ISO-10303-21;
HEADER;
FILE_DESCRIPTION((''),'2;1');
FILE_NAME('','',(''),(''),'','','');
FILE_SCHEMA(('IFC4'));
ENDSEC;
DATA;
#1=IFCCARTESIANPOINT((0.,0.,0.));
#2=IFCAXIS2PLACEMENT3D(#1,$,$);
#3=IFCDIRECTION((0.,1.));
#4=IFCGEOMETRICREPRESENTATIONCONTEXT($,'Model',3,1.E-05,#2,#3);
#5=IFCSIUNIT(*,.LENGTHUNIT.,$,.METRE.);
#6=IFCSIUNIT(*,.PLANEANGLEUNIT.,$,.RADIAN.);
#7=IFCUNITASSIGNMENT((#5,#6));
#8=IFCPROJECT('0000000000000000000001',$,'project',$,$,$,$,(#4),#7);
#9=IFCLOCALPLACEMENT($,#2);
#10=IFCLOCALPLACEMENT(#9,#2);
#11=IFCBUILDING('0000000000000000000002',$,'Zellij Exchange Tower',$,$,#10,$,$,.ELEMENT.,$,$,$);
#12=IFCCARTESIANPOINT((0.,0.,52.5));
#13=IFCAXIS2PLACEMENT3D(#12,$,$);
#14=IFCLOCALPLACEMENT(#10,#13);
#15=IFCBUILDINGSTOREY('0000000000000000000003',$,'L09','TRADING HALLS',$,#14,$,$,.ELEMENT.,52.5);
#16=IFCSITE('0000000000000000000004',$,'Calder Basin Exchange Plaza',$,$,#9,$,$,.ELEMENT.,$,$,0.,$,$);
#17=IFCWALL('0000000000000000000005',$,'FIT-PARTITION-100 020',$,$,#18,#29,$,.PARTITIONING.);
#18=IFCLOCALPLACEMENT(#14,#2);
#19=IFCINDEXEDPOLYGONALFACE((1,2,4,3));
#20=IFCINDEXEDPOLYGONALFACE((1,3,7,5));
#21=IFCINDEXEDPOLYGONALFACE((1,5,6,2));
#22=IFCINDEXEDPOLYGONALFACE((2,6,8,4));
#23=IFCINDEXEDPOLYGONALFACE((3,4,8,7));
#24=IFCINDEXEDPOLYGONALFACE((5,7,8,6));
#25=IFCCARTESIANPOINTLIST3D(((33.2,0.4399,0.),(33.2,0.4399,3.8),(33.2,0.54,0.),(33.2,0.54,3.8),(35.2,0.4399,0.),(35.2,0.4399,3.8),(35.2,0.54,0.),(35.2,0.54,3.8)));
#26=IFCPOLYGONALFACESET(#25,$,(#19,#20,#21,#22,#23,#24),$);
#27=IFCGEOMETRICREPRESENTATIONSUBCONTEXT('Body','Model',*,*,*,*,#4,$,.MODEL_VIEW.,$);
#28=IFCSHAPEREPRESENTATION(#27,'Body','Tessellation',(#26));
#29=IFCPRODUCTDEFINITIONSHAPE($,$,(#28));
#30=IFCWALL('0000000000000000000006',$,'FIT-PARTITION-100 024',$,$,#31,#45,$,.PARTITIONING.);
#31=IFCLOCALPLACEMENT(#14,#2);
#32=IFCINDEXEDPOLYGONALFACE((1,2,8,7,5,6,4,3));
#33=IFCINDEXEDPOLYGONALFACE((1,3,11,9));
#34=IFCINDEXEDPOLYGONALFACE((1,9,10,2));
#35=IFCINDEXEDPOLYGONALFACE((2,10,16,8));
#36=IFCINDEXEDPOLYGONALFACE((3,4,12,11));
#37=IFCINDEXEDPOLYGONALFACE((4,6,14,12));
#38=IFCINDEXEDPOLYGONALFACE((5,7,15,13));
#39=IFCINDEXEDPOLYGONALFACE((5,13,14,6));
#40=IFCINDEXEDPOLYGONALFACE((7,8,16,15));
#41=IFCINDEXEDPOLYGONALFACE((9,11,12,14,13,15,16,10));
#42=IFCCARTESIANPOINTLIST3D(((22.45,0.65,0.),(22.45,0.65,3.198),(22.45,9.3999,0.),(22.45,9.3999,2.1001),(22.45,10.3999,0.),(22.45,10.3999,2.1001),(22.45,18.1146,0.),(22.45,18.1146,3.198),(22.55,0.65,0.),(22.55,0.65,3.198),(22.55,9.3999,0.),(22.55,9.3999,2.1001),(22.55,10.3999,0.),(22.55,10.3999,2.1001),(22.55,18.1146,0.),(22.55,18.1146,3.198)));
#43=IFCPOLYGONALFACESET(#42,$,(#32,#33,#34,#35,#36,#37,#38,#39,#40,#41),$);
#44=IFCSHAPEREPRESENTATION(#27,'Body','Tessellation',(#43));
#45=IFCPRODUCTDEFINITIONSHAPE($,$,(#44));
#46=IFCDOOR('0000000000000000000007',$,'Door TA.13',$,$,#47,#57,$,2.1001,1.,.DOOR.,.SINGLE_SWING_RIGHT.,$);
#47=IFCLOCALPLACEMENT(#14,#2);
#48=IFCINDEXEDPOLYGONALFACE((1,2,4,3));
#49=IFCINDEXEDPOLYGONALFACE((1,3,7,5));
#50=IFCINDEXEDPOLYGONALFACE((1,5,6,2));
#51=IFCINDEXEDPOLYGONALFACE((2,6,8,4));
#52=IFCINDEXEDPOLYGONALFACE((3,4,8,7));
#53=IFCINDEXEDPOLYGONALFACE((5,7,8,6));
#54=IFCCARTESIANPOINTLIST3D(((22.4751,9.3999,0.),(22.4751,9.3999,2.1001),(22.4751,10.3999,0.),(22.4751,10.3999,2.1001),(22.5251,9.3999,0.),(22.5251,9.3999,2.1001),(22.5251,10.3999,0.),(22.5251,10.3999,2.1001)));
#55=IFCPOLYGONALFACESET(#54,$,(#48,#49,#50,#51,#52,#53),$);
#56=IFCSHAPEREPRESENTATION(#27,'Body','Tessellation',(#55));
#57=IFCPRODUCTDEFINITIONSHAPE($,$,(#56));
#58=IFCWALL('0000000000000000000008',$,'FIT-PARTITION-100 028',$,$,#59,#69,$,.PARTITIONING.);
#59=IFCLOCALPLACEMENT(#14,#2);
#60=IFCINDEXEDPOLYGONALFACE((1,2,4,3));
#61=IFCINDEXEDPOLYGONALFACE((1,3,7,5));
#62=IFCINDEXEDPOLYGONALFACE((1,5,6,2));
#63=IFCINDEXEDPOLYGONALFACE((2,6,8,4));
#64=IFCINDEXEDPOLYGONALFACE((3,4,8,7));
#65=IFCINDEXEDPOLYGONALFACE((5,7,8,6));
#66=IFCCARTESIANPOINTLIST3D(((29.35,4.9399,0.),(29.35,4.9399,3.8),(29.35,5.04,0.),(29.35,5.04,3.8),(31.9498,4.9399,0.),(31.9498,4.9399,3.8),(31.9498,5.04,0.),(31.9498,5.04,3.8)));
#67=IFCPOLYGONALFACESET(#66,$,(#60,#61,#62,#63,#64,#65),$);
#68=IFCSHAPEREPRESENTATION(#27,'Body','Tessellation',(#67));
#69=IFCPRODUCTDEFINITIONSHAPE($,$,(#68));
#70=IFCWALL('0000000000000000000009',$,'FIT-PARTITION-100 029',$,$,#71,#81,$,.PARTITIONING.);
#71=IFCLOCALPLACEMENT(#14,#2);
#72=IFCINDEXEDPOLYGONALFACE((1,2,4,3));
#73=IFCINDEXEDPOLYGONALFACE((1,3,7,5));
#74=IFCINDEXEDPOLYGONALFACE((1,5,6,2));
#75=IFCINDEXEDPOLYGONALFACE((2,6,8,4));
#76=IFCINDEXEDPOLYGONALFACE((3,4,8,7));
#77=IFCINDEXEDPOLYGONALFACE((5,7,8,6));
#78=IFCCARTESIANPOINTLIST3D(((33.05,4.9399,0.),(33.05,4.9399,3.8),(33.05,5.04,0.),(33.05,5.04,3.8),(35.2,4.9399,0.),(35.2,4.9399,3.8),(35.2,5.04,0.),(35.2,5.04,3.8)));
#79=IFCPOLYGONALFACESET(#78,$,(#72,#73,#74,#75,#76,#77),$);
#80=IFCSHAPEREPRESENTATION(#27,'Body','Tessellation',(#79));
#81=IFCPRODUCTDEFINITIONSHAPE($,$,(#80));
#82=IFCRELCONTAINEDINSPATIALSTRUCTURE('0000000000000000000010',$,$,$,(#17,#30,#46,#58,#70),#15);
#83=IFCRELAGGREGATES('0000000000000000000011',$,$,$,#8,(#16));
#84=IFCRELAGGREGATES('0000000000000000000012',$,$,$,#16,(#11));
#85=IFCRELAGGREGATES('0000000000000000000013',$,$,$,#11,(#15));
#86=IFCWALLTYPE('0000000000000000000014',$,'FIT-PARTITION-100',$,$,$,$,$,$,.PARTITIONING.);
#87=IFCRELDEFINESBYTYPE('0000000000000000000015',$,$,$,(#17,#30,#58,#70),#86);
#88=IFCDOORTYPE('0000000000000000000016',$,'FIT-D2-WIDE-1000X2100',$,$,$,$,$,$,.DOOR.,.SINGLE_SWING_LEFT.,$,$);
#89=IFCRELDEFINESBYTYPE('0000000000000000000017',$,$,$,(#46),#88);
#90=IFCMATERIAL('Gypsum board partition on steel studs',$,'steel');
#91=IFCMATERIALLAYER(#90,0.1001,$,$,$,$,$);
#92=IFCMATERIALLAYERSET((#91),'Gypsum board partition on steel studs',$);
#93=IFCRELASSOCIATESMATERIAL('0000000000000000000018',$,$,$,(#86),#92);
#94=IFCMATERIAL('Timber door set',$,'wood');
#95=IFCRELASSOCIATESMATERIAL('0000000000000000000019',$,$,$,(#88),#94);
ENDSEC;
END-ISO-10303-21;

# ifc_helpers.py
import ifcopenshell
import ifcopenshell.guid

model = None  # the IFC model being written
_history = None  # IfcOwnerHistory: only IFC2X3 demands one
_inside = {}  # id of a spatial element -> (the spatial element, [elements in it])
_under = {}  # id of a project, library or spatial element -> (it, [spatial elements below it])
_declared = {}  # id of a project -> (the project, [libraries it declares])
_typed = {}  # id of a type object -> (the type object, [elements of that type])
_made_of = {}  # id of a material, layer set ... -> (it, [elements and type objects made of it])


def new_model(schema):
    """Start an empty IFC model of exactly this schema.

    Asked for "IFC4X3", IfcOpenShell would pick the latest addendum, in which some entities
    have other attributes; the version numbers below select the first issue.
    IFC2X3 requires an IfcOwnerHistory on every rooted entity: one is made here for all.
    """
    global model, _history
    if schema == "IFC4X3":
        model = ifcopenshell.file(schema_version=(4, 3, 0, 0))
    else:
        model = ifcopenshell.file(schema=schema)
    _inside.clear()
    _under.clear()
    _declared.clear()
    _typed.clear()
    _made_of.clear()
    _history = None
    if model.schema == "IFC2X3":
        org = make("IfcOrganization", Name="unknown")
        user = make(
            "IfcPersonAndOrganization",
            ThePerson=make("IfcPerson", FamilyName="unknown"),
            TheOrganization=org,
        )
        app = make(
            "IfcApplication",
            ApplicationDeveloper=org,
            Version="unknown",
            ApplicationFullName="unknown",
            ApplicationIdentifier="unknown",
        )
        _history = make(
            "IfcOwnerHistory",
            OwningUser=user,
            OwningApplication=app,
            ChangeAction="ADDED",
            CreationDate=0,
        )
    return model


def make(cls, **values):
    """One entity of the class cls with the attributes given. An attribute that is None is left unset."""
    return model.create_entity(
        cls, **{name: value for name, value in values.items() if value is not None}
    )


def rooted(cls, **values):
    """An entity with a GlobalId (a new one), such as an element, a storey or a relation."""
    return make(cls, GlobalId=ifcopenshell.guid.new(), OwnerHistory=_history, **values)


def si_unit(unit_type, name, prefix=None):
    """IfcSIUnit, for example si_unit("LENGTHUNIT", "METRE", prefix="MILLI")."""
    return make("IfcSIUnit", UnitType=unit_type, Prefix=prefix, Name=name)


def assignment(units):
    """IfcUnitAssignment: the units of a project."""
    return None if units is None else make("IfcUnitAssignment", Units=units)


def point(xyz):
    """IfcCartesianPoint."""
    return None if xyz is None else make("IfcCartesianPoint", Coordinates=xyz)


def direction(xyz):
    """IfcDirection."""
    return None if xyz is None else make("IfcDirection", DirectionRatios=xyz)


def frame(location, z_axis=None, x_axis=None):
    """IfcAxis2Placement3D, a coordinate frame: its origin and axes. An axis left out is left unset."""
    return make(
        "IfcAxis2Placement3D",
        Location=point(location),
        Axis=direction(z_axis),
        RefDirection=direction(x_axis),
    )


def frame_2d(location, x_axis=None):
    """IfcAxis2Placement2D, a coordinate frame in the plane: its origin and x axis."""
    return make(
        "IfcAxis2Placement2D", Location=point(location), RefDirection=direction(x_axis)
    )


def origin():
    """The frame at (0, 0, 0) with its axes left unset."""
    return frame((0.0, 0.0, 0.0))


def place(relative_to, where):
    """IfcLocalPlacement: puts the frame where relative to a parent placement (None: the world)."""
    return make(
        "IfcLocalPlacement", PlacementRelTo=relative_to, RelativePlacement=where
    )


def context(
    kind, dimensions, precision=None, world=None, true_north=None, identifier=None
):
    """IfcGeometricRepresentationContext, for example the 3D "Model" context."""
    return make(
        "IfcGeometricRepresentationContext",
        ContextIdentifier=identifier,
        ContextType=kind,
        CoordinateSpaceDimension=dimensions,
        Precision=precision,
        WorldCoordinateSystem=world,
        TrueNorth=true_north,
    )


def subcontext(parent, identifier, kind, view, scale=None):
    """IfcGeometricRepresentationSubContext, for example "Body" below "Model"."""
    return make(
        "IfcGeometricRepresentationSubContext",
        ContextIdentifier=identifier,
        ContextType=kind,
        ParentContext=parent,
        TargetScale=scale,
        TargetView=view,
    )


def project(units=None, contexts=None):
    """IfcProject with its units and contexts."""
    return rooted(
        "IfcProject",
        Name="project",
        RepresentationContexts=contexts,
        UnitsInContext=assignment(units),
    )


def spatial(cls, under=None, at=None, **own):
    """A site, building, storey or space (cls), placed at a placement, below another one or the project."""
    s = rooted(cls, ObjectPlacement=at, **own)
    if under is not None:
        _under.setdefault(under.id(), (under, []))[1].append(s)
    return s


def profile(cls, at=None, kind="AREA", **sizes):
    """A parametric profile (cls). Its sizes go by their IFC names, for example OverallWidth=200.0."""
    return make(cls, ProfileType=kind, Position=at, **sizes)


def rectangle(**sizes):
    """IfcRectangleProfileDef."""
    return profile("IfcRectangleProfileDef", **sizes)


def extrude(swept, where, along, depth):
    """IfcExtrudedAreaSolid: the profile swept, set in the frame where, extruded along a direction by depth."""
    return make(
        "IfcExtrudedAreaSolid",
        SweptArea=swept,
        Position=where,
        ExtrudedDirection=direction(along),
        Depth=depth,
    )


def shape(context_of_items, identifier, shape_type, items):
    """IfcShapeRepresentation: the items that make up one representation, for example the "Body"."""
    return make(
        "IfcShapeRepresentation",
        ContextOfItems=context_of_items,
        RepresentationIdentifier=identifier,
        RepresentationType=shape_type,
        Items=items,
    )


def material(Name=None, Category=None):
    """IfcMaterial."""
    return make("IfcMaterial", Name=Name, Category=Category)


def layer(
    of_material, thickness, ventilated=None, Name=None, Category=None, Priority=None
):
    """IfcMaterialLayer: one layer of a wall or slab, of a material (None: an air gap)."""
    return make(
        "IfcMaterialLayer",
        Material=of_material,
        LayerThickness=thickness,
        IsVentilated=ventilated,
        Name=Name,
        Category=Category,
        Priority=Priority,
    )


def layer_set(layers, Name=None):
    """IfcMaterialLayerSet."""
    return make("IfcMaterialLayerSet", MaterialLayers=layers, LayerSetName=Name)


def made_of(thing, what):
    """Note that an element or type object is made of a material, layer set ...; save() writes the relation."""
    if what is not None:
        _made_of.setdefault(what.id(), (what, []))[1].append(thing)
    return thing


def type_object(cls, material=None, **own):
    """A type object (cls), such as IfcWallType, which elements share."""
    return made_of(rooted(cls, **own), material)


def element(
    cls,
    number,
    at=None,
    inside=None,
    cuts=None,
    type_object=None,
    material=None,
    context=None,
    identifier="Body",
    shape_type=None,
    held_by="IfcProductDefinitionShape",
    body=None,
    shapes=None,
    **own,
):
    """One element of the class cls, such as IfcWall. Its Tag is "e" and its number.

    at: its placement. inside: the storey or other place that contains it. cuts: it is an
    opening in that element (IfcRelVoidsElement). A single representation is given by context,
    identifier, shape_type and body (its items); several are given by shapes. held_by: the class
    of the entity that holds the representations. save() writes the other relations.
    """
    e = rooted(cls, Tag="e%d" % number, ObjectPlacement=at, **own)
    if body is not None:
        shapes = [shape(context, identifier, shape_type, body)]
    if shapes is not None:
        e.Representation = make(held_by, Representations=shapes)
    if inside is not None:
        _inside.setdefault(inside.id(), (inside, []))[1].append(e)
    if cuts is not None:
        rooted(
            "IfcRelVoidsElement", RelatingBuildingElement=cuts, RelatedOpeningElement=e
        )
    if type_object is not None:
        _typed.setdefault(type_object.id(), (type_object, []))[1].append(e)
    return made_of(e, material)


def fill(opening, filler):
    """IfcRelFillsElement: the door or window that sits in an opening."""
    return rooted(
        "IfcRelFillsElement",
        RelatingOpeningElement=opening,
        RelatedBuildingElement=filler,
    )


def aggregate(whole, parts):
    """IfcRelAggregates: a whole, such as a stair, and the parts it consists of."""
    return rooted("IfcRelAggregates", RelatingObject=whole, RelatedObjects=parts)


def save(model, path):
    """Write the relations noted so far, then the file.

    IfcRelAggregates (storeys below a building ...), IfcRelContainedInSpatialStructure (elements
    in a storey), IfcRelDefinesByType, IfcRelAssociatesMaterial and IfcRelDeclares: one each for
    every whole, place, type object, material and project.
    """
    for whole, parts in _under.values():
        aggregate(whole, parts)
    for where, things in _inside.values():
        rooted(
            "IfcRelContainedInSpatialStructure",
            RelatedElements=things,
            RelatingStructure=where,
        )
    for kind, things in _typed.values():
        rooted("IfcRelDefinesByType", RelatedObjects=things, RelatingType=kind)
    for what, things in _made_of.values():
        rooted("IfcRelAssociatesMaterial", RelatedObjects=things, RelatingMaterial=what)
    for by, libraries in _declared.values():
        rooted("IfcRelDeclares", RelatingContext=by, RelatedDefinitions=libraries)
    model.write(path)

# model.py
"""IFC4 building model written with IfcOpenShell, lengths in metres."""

from ifc_helpers import new_model, si_unit, direction, frame, frame_2d, origin, place, context, subcontext, project, spatial, rectangle, extrude, material, layer, layer_set, type_object, element, fill, save


model = new_model("IFC4")

# Units and contexts
model_context = context("Model", 3, precision=1e-05, world=origin(), true_north=direction((0.0, 1.0)))
body_context = subcontext(model_context, "Body", "Model", "MODEL_VIEW")
ifc_project = project(units=[si_unit("LENGTHUNIT", "METRE"), si_unit("PLANEANGLEUNIT", "RADIAN")], contexts=[model_context])

# Site, building, storey
site_placement = place(None, origin())
site = spatial("IfcSite", under=ifc_project, at=site_placement, Name="Calder Basin Exchange Plaza", CompositionType="ELEMENT", RefElevation=0.0)
building_placement = place(site_placement, origin())
building = spatial("IfcBuilding", under=site, at=building_placement, Name="Zellij Exchange Tower", CompositionType="ELEMENT")
storey_placement = place(building_placement, frame((0.0, 0.0, 52.5)))
storey = spatial("IfcBuildingStorey", under=building, at=storey_placement, Name="L09", Description="TRADING HALLS", CompositionType="ELEMENT", Elevation=52.5)

# Wall
ifc_material_1 = material(Name="Gypsum board partition on steel studs", Category="steel")
ifc_layer_1 = layer(ifc_material_1, 0.1001)
ifc_layer_set_1 = layer_set([ifc_layer_1], Name="Gypsum board partition on steel studs")
wall_type_1 = type_object("IfcWallType", Name="FIT-PARTITION-100", PredefinedType="PARTITIONING", material=ifc_layer_set_1)
for number, where, z_axis, x_axis, name in (
    (1, (33.2, 0.49, 0.0), (0.0, 0.0, 1.0), (1.0, 0.0, 0.0), "FIT-PARTITION-100 020"),
):
    element("IfcWall", number, at=place(storey_placement, frame(where, z_axis=z_axis, x_axis=x_axis)), inside=storey, type_object=wall_type_1, Name=name, PredefinedType="PARTITIONING", context=body_context, shape_type="SweptSolid", body=[
        extrude(rectangle(XDim=2.0, YDim=0.1001, at=frame_2d((1.0, 0.0))), origin(), (0.0, 0.0, 1.0), 3.8),
    ])

# Wall, opening, door
wall_1_placement = place(storey_placement, frame((22.5, 0.6499, 0.0), z_axis=(0.0, 0.0, 1.0), x_axis=(0.0, 1.0, 0.0)))
wall_1 = element("IfcWall", 2, at=wall_1_placement, inside=storey, type_object=wall_type_1, Name="FIT-PARTITION-100 024", PredefinedType="PARTITIONING", context=body_context, shape_type="SweptSolid", body=[
    extrude(rectangle(XDim=17.4646, YDim=0.1001, at=frame_2d((8.7324, 0.0))), origin(), (0.0, 0.0, 1.0), 3.198),
])
opening_placement = place(wall_1_placement, frame((8.75, 0.0, 0.0)))
opening = element("IfcOpeningElement", 3, at=opening_placement, cuts=wall_1, PredefinedType="OPENING", context=body_context, shape_type="SweptSolid", body=[
    extrude(rectangle(XDim=1.0, YDim=2.1001, at=frame_2d((0.5, 1.05))), frame((0.0, 0.062, 0.0), z_axis=(0.0, -1.0, 0.0), x_axis=(1.0, 0.0, 0.0)), (0.0, 0.0, 1.0), 0.124),
])
ifc_material_2 = material(Name="Timber door set", Category="wood")
door_type = type_object("IfcDoorType", Name="FIT-D2-WIDE-1000X2100", OperationType="SINGLE_SWING_LEFT", PredefinedType="DOOR", material=ifc_material_2)
door_placement = place(opening_placement, origin())
door = element("IfcDoor", 4, at=door_placement, inside=storey, type_object=door_type, Name="Door TA.13", OperationType="SINGLE_SWING_RIGHT", OverallHeight=2.1001, OverallWidth=1.0, PredefinedType="DOOR", context=body_context, shape_type="SweptSolid", body=[
    extrude(rectangle(XDim=1.0, YDim=2.1001, at=frame_2d((0.5, 1.05))), frame((0.0, 0.0249, 0.0), z_axis=(0.0, -1.0, 0.0), x_axis=(1.0, 0.0, 0.0)), (0.0, 0.0, 1.0), 0.05),
])
fill(opening, door)

# Walls
wall_2_placement = place(storey_placement, frame((29.3501, 4.99, 0.0), z_axis=(0.0, 0.0, 1.0), x_axis=(1.0, 0.0, 0.0)))
element("IfcWall", 5, at=wall_2_placement, inside=storey, type_object=wall_type_1, Name="FIT-PARTITION-100 028", PredefinedType="PARTITIONING", context=body_context, shape_type="SweptSolid", body=[
    extrude(rectangle(XDim=2.5999, YDim=0.1001, at=frame_2d((1.2998, 0.0))), origin(), (0.0, 0.0, 1.0), 3.8),
])
wall_3_placement = place(storey_placement, frame((33.05, 4.99, 0.0), z_axis=(0.0, 0.0, 1.0), x_axis=(1.0, 0.0, 0.0)))
element("IfcWall", 6, at=wall_3_placement, inside=storey, type_object=wall_type_1, Name="FIT-PARTITION-100 029", PredefinedType="PARTITIONING", context=body_context, shape_type="SweptSolid", body=[
    extrude(rectangle(XDim=2.1499, YDim=0.1001, at=frame_2d((1.075, 0.0))), origin(), (0.0, 0.0, 1.0), 3.8),
])

save(model, "model.ifc")
